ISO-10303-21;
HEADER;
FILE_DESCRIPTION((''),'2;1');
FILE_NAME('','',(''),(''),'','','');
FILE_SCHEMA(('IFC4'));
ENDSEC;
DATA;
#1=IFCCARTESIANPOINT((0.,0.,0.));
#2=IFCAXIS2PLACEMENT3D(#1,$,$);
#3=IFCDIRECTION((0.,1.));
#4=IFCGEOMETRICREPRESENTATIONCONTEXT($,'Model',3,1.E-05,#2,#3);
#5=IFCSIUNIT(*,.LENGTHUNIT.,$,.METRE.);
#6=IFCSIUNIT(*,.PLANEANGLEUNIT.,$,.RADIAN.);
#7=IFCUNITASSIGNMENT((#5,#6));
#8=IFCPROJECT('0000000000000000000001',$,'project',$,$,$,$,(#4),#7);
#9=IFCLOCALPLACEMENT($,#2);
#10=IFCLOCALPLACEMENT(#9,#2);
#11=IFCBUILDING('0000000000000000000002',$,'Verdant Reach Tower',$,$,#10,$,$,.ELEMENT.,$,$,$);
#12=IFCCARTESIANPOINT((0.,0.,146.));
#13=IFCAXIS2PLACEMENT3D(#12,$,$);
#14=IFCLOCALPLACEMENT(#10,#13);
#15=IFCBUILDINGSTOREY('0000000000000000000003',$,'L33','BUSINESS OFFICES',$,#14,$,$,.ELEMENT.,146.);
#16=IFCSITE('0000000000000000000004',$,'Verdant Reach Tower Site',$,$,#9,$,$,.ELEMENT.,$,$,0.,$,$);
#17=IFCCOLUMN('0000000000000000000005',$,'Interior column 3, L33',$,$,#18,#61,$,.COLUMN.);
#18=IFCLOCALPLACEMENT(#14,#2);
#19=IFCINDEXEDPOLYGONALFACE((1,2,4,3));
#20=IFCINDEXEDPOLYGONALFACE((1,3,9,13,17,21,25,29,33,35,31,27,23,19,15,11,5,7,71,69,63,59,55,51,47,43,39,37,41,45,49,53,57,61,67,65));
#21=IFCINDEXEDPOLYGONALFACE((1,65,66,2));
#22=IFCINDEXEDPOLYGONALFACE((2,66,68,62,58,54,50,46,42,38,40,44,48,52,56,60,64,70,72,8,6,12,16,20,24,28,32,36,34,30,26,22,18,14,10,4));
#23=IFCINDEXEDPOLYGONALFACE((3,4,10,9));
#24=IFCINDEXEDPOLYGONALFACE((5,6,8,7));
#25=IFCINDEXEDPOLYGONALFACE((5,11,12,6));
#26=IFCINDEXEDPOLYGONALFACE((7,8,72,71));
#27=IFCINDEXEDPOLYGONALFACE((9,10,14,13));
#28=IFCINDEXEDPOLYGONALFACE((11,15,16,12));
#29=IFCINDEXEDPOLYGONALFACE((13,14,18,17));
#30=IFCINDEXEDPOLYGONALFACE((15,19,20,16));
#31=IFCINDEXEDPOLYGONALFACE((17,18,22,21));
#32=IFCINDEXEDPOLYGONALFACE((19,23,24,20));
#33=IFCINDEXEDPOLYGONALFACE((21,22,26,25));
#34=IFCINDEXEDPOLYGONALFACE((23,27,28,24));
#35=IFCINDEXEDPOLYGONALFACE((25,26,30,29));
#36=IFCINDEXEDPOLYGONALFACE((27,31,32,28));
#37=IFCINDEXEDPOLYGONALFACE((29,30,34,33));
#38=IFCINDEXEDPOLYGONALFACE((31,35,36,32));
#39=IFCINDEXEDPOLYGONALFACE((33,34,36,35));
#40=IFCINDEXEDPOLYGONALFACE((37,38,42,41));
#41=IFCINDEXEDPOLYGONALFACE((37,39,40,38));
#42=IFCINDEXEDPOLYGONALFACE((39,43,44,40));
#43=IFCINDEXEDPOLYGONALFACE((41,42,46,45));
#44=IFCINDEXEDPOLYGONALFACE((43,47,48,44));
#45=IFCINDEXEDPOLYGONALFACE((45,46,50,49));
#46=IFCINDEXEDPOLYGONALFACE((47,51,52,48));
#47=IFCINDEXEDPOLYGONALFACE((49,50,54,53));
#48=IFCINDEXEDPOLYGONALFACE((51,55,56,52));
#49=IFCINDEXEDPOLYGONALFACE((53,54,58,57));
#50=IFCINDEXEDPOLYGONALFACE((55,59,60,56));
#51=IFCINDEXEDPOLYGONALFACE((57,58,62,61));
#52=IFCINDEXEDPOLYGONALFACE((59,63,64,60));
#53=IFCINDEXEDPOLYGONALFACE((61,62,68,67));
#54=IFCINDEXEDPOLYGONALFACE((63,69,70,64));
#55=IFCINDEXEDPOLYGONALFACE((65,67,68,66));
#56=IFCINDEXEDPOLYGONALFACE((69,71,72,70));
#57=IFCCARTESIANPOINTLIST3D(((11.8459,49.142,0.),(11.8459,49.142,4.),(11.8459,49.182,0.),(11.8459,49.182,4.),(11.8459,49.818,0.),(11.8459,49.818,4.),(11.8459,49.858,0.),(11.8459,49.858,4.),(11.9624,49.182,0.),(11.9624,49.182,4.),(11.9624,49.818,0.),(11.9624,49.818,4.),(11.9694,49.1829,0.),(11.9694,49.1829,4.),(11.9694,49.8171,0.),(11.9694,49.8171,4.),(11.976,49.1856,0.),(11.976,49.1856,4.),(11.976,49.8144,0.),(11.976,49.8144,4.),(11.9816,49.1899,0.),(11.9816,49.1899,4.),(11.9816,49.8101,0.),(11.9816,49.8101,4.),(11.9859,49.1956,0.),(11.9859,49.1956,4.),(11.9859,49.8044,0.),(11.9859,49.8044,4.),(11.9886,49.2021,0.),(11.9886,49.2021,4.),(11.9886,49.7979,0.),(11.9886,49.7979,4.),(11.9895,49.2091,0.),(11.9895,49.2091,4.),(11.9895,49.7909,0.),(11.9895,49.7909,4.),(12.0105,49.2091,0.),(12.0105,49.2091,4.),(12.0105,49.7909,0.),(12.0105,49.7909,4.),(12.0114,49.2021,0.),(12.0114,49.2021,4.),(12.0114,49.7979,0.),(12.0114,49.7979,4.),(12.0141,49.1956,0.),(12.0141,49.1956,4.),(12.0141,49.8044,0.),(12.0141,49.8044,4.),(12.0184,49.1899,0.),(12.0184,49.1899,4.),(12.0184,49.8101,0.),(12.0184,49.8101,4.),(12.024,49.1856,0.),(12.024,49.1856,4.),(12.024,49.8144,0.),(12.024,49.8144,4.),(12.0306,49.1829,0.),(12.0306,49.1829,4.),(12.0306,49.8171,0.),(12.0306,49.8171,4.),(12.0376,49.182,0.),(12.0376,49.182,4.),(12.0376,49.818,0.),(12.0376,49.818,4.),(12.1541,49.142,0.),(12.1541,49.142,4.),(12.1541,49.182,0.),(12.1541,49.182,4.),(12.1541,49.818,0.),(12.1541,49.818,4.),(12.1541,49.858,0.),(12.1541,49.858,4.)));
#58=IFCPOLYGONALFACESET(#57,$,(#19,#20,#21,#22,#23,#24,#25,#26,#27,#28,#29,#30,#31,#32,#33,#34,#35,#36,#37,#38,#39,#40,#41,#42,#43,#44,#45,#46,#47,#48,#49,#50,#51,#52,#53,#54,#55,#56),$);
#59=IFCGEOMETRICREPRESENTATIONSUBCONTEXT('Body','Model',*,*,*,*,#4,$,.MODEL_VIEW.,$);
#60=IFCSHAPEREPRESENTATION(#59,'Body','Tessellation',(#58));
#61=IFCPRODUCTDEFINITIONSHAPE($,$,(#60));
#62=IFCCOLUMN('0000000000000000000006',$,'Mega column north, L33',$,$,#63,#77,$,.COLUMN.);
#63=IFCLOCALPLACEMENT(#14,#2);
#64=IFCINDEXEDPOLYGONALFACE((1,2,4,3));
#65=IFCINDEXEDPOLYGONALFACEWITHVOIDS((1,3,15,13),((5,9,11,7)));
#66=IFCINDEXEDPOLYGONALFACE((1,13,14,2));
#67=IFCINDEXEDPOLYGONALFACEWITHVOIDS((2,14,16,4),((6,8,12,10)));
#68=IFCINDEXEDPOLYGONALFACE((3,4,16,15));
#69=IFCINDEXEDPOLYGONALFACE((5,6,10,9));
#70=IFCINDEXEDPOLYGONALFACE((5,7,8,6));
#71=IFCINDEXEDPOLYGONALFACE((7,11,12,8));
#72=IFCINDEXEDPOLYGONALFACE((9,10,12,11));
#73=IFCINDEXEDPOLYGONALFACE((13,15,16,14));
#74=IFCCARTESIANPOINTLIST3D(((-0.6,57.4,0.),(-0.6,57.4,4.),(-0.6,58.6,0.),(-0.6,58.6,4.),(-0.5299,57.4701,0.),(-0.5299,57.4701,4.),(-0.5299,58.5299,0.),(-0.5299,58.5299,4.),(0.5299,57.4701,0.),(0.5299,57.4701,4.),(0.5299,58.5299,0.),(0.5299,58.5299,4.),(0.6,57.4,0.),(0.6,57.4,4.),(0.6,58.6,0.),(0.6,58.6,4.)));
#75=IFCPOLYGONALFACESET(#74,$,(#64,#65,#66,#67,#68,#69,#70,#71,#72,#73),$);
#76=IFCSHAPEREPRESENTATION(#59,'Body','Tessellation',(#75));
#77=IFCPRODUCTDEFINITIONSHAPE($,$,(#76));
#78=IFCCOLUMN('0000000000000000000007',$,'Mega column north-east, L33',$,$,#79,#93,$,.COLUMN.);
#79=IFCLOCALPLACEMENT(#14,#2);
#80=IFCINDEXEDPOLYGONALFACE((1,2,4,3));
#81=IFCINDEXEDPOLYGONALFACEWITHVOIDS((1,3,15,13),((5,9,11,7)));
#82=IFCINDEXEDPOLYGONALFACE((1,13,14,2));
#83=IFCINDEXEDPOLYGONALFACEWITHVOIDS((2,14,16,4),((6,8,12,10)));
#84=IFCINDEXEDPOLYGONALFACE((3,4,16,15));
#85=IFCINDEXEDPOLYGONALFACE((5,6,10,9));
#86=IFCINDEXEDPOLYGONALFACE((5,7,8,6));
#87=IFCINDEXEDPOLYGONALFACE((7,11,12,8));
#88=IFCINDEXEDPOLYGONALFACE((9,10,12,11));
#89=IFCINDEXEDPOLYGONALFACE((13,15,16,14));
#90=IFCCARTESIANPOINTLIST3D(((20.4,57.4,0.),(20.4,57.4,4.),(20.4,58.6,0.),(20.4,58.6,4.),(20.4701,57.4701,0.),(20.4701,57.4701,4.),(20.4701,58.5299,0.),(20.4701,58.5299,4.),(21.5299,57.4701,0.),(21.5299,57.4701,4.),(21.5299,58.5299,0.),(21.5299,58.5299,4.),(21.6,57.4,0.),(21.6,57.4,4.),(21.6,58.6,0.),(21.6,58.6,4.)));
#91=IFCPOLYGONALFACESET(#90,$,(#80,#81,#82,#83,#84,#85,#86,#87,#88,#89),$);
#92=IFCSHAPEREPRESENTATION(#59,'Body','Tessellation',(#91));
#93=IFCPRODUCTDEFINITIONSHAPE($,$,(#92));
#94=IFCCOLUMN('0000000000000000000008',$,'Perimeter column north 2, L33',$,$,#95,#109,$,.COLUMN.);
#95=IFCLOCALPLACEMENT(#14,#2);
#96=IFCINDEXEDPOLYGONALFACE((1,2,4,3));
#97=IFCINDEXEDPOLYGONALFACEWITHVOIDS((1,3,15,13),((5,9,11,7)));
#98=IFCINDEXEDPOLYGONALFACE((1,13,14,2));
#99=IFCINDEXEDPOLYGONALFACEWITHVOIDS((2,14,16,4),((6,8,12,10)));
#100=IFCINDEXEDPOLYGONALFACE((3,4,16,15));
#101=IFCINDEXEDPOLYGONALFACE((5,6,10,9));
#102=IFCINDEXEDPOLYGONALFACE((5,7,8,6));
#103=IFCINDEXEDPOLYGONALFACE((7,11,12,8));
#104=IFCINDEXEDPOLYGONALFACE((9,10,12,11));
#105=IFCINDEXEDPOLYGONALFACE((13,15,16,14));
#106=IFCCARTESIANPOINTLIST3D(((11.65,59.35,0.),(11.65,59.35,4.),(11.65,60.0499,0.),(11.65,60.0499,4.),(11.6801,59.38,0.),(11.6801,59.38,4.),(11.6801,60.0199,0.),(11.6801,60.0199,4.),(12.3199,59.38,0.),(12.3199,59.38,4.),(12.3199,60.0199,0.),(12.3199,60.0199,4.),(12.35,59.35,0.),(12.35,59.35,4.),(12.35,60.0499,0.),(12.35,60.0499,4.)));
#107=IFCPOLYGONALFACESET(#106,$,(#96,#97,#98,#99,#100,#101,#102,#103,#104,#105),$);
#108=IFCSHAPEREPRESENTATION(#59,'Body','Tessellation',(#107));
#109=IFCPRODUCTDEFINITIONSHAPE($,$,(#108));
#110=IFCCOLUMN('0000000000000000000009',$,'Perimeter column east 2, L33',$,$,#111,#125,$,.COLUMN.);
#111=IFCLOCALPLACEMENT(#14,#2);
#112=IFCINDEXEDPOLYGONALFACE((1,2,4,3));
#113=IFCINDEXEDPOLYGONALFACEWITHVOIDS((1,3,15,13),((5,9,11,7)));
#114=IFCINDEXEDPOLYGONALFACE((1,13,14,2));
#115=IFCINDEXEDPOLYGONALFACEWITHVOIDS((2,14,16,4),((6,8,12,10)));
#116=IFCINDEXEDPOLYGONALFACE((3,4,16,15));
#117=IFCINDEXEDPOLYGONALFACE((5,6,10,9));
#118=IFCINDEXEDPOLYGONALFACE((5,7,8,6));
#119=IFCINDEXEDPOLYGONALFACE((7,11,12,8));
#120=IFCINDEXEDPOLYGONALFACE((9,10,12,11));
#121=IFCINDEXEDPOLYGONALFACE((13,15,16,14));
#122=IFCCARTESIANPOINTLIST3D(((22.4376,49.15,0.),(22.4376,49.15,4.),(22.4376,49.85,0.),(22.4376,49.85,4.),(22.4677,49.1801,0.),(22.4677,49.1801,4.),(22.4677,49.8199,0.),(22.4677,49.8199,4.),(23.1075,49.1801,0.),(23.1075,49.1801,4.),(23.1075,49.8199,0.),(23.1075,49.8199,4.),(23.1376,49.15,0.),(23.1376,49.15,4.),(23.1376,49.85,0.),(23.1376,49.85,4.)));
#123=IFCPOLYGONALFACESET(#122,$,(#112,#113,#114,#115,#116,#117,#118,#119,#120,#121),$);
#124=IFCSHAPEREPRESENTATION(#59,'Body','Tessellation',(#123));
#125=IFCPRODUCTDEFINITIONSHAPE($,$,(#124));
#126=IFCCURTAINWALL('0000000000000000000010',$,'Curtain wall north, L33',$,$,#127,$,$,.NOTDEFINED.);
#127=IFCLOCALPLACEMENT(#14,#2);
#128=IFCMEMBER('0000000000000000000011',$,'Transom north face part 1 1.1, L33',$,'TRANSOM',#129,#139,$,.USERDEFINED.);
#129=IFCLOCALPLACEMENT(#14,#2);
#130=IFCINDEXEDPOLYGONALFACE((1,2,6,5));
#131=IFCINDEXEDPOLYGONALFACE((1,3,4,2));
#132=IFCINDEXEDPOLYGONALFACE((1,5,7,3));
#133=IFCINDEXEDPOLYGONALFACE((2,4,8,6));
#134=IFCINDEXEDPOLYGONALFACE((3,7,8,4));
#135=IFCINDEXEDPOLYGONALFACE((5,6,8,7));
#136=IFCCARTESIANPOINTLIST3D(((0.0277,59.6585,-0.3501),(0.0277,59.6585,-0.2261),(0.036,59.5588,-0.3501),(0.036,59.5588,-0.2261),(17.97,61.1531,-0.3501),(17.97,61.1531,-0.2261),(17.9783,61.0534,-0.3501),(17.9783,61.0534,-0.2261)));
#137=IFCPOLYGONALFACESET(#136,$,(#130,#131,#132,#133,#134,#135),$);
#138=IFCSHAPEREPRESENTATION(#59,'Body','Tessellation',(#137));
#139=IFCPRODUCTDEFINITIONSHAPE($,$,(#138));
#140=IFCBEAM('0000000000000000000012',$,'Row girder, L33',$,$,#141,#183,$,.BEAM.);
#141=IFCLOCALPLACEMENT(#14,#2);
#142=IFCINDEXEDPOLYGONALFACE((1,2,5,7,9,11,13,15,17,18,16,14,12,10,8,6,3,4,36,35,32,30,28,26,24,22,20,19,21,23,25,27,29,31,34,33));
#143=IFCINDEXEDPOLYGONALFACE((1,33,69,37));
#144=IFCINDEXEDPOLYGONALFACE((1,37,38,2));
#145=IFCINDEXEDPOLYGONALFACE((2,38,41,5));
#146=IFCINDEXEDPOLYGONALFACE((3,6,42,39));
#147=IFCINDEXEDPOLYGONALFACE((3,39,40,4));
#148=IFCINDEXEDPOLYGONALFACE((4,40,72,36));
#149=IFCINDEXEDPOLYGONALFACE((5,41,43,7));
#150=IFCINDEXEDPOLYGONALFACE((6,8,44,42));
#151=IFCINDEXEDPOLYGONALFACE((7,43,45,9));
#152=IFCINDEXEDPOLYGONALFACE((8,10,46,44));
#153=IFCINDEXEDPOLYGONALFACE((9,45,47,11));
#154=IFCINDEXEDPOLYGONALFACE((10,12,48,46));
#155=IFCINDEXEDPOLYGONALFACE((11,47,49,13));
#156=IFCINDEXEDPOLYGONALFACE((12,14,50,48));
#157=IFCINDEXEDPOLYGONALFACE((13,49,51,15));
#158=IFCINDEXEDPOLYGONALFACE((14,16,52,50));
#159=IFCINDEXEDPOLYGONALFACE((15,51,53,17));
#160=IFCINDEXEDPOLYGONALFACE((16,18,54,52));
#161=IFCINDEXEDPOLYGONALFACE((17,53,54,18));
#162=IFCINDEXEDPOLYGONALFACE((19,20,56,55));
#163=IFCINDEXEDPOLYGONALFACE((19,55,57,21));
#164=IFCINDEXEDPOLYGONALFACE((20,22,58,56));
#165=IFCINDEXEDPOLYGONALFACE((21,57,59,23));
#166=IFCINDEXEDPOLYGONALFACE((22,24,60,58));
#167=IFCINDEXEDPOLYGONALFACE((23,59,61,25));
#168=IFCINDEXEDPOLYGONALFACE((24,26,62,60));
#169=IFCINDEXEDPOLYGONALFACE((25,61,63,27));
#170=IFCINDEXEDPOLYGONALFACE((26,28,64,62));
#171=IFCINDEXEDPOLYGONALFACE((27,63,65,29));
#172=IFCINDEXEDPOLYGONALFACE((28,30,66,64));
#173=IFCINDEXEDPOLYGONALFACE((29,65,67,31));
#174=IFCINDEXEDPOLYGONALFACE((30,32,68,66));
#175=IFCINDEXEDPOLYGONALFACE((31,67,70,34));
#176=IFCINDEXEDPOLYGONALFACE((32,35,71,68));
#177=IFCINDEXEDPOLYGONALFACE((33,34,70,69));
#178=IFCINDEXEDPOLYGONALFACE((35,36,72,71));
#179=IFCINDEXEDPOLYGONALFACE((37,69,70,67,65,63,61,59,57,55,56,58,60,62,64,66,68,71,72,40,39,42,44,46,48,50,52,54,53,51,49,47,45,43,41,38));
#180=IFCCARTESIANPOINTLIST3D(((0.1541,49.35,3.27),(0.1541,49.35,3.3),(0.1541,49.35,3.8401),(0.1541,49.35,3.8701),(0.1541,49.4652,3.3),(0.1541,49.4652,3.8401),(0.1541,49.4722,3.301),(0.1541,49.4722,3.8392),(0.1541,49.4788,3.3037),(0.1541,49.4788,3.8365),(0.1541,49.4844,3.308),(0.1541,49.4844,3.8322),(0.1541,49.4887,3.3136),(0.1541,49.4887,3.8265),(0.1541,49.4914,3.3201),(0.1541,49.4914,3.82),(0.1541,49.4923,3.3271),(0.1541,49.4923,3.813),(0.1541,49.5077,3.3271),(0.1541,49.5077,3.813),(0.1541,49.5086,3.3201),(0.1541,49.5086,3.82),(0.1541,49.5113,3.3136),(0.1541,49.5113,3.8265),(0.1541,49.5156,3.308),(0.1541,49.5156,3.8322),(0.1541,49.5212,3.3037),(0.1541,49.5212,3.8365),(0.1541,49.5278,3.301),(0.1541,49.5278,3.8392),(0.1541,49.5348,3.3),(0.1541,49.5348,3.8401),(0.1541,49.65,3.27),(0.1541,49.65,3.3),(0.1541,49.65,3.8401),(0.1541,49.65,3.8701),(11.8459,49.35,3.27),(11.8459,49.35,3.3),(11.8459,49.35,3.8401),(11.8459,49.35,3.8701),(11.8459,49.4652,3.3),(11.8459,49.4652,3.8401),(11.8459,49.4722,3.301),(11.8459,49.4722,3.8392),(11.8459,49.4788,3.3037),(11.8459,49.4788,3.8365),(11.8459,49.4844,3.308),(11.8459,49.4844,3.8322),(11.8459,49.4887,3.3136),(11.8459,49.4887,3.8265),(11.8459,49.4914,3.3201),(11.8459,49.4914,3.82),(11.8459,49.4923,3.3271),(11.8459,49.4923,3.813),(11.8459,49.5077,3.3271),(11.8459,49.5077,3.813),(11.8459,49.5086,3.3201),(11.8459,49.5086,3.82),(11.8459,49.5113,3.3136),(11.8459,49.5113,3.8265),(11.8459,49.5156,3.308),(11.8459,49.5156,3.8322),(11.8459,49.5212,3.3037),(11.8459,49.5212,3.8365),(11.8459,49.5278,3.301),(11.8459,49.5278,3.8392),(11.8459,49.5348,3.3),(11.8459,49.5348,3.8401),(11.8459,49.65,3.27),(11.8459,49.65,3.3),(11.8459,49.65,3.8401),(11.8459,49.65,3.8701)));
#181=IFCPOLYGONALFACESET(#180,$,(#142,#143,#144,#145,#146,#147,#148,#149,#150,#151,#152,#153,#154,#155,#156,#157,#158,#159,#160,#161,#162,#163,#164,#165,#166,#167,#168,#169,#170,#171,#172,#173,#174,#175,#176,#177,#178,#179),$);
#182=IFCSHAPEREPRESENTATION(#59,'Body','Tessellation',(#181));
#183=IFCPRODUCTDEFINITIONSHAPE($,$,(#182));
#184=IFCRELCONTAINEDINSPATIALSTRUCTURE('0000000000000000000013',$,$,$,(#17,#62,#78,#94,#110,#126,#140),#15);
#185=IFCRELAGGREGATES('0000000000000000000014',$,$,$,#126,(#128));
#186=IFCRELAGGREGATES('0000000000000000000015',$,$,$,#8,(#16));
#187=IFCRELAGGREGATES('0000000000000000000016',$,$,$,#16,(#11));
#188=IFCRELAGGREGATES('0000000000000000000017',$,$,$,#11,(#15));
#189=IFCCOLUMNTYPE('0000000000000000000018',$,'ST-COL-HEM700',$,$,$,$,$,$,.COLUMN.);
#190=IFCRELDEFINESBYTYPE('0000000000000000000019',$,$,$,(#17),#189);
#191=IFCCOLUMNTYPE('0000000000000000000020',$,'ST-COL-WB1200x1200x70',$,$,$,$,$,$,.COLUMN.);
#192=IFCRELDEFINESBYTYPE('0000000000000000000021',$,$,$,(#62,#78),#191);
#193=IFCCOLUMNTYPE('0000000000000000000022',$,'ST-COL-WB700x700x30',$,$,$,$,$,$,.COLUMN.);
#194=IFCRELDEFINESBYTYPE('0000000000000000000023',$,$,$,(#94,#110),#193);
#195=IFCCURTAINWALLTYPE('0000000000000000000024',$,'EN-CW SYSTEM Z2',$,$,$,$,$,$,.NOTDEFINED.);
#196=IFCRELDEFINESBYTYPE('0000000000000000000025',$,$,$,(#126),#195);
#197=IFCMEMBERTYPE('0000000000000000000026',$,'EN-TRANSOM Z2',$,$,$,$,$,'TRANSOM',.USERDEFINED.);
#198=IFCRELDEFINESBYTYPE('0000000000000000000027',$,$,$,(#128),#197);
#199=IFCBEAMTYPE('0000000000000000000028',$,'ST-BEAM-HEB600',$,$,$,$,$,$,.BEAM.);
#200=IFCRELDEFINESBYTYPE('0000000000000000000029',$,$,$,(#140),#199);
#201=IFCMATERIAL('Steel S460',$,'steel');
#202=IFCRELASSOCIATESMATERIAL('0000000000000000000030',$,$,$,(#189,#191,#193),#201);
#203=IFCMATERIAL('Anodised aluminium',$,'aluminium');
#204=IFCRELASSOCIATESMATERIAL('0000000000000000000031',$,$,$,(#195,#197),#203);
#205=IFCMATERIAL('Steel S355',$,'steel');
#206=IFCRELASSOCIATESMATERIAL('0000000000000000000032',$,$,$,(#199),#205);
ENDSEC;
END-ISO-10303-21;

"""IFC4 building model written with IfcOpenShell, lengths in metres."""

from ifc_helpers import new_model, si_unit, direction, frame, origin, origin_2d, place, context, subcontext, project, spatial, rectangle, hollow_rectangle, i_section, extrude, material, material_profile, profile_set, type_object, element, aggregate, save


model = new_model("IFC4")

# Units and contexts
model_context = context("Model", 3, precision=1e-05, world=origin(), true_north=direction((0.0, 1.0)))
body_context = subcontext(model_context, "Body", "Model", "MODEL_VIEW")
ifc_project = project(units=[si_unit("LENGTHUNIT", "METRE"), si_unit("PLANEANGLEUNIT", "RADIAN")], contexts=[model_context])

# Site, building, storey
site_placement = place(None, origin())
site = spatial("IfcSite", under=ifc_project, at=site_placement, Name="Verdant Reach Tower Site", CompositionType="ELEMENT", RefElevation=0.0)
building_placement = place(site_placement, origin())
building = spatial("IfcBuilding", under=site, at=building_placement, Name="Verdant Reach Tower", CompositionType="ELEMENT")
storey_placement = place(building_placement, frame((0.0, 0.0, 146.0)))
storey = spatial("IfcBuildingStorey", under=building, at=storey_placement, Name="L33", Description="BUSINESS OFFICES", CompositionType="ELEMENT", Elevation=146.0)

# Columns
ifc_material_1 = material(Name="Steel S460", Category="steel")
ifc_material_profile_1 = material_profile(ifc_material_1, i_section(OverallWidth=0.3081, OverallDepth=0.7161, WebThickness=0.021, FlangeThickness=0.04, FilletRadius=0.0271, at=origin_2d()), Name="HEM 700")
ifc_profile_set_1 = profile_set([ifc_material_profile_1], Name="Steel S460")
column_type_1 = type_object("IfcColumnType", Name="ST-COL-HEM700", PredefinedType="COLUMN", material=ifc_profile_set_1)
column_placement = place(storey_placement, frame((12.0, 49.5, 0.0), z_axis=(0.0, 0.0, 1.0), x_axis=(1.0, 0.0, 0.0)))
element("IfcColumn", 1, at=column_placement, inside=storey, type_object=column_type_1, Name="Interior column 3, L33", PredefinedType="COLUMN", context=body_context, shape_type="SweptSolid", body=[
    extrude(i_section(OverallWidth=0.3081, OverallDepth=0.7161, WebThickness=0.021, FlangeThickness=0.04, FilletRadius=0.0271, at=origin_2d()), origin(), (0.0, 0.0, 1.0), 4.0),
])
ifc_material_profile_2 = material_profile(ifc_material_1, hollow_rectangle(XDim=1.2, YDim=1.2, WallThickness=0.0701, at=origin_2d()), Name="WB 1200x1200x70")
ifc_profile_set_2 = profile_set([ifc_material_profile_2], Name="Steel S460")
column_type_2 = type_object("IfcColumnType", Name="ST-COL-WB1200x1200x70", PredefinedType="COLUMN", material=ifc_profile_set_2)
for number, where, z_axis, x_axis, name in (
    (2, (0.0, 58.0, 0.0), (0.0, 0.0, 1.0), (1.0, 0.0, 0.0), "Mega column north, L33"),
    (3, (21.0, 58.0, 0.0), (0.0, 0.0, 1.0), (1.0, 0.0, 0.0), "Mega column north-east, L33"),
):
    element("IfcColumn", number, at=place(storey_placement, frame(where, z_axis=z_axis, x_axis=x_axis)), inside=storey, type_object=column_type_2, Name=name, PredefinedType="COLUMN", context=body_context, shape_type="SweptSolid", body=[
        extrude(hollow_rectangle(XDim=1.2, YDim=1.2, WallThickness=0.0701, at=origin_2d()), origin(), (0.0, 0.0, 1.0), 4.0),
    ])
ifc_material_profile_3 = material_profile(ifc_material_1, hollow_rectangle(XDim=0.7, YDim=0.7, WallThickness=0.03, at=origin_2d()), Name="WB 700x700x30")
ifc_profile_set_3 = profile_set([ifc_material_profile_3], Name="Steel S460")
column_type_3 = type_object("IfcColumnType", Name="ST-COL-WB700x700x30", PredefinedType="COLUMN", material=ifc_profile_set_3)
for number, where, z_axis, x_axis, name in (
    (4, (12.0, 59.7, 0.0), (0.0, 0.0, 1.0), (1.0, 0.0, 0.0), "Perimeter column north 2, L33"),
    (5, (22.7876, 49.5, 0.0), (0.0, 0.0, 1.0), (1.0, 0.0, 0.0), "Perimeter column east 2, L33"),
):
    element("IfcColumn", number, at=place(storey_placement, frame(where, z_axis=z_axis, x_axis=x_axis)), inside=storey, type_object=column_type_3, Name=name, PredefinedType="COLUMN", context=body_context, shape_type="SweptSolid", body=[
        extrude(hollow_rectangle(XDim=0.7, YDim=0.7, WallThickness=0.03, at=origin_2d()), origin(), (0.0, 0.0, 1.0), 4.0),
    ])

# Curtain wall, member
ifc_material_2 = material(Name="Anodised aluminium", Category="aluminium")
curtain_wall_type = type_object("IfcCurtainWallType", Name="EN-CW SYSTEM Z2", PredefinedType="NOTDEFINED", material=ifc_material_2)
curtain_wall_1_placement = place(storey_placement, origin())
curtain_wall_1 = element("IfcCurtainWall", 6, at=curtain_wall_1_placement, inside=storey, type_object=curtain_wall_type, Name="Curtain wall north, L33", PredefinedType="NOTDEFINED")
ifc_material_profile_4 = material_profile(ifc_material_2, rectangle(XDim=0.1001, YDim=0.124, at=origin_2d()), Name="Transom 124x100")
ifc_profile_set_4 = profile_set([ifc_material_profile_4], Name="Anodised aluminium")
member_type = type_object("IfcMemberType", Name="EN-TRANSOM Z2", ElementType="TRANSOM", PredefinedType="USERDEFINED", material=ifc_profile_set_4)
member_placement = place(storey_placement, frame((17.9741, 61.1033, -0.2881), z_axis=(-0.996548, -0.083015, 0.0), x_axis=(0.083015, -0.996548, 0.0)))
member = element("IfcMember", 7, at=member_placement, type_object=member_type, Name="Transom north face part 1 1.1, L33", ObjectType="TRANSOM", PredefinedType="USERDEFINED", context=body_context, shape_type="SweptSolid", body=[
    extrude(rectangle(XDim=0.1001, YDim=0.124, at=origin_2d()), origin(), (0.0, 0.0, 1.0), 18.0044),
])

# Beam
ifc_material_3 = material(Name="Steel S355", Category="steel")
ifc_material_profile_5 = material_profile(ifc_material_3, i_section(OverallWidth=0.3, OverallDepth=0.6001, WebThickness=0.0154, FlangeThickness=0.03, FilletRadius=0.0271, at=origin_2d()), Name="HEB 600")
ifc_profile_set_5 = profile_set([ifc_material_profile_5], Name="Steel S355")
beam_type_1 = type_object("IfcBeamType", Name="ST-BEAM-HEB600", PredefinedType="BEAM", material=ifc_profile_set_5)
beam_1_placement = place(storey_placement, frame((0.1541, 49.5, 3.5701), z_axis=(1.0, 0.0, 0.0), x_axis=(0.0, 1.0, 0.0)))
element("IfcBeam", 8, at=beam_1_placement, inside=storey, type_object=beam_type_1, Name="Row girder, L33", PredefinedType="BEAM", context=body_context, shape_type="SweptSolid", body=[
    extrude(i_section(OverallWidth=0.3, OverallDepth=0.6001, WebThickness=0.0154, FlangeThickness=0.03, FilletRadius=0.0271, at=origin_2d()), origin(), (0.0, 0.0, 1.0), 11.6919),
])

aggregate(curtain_wall_1, [member])

save(model, "model.ifc")
